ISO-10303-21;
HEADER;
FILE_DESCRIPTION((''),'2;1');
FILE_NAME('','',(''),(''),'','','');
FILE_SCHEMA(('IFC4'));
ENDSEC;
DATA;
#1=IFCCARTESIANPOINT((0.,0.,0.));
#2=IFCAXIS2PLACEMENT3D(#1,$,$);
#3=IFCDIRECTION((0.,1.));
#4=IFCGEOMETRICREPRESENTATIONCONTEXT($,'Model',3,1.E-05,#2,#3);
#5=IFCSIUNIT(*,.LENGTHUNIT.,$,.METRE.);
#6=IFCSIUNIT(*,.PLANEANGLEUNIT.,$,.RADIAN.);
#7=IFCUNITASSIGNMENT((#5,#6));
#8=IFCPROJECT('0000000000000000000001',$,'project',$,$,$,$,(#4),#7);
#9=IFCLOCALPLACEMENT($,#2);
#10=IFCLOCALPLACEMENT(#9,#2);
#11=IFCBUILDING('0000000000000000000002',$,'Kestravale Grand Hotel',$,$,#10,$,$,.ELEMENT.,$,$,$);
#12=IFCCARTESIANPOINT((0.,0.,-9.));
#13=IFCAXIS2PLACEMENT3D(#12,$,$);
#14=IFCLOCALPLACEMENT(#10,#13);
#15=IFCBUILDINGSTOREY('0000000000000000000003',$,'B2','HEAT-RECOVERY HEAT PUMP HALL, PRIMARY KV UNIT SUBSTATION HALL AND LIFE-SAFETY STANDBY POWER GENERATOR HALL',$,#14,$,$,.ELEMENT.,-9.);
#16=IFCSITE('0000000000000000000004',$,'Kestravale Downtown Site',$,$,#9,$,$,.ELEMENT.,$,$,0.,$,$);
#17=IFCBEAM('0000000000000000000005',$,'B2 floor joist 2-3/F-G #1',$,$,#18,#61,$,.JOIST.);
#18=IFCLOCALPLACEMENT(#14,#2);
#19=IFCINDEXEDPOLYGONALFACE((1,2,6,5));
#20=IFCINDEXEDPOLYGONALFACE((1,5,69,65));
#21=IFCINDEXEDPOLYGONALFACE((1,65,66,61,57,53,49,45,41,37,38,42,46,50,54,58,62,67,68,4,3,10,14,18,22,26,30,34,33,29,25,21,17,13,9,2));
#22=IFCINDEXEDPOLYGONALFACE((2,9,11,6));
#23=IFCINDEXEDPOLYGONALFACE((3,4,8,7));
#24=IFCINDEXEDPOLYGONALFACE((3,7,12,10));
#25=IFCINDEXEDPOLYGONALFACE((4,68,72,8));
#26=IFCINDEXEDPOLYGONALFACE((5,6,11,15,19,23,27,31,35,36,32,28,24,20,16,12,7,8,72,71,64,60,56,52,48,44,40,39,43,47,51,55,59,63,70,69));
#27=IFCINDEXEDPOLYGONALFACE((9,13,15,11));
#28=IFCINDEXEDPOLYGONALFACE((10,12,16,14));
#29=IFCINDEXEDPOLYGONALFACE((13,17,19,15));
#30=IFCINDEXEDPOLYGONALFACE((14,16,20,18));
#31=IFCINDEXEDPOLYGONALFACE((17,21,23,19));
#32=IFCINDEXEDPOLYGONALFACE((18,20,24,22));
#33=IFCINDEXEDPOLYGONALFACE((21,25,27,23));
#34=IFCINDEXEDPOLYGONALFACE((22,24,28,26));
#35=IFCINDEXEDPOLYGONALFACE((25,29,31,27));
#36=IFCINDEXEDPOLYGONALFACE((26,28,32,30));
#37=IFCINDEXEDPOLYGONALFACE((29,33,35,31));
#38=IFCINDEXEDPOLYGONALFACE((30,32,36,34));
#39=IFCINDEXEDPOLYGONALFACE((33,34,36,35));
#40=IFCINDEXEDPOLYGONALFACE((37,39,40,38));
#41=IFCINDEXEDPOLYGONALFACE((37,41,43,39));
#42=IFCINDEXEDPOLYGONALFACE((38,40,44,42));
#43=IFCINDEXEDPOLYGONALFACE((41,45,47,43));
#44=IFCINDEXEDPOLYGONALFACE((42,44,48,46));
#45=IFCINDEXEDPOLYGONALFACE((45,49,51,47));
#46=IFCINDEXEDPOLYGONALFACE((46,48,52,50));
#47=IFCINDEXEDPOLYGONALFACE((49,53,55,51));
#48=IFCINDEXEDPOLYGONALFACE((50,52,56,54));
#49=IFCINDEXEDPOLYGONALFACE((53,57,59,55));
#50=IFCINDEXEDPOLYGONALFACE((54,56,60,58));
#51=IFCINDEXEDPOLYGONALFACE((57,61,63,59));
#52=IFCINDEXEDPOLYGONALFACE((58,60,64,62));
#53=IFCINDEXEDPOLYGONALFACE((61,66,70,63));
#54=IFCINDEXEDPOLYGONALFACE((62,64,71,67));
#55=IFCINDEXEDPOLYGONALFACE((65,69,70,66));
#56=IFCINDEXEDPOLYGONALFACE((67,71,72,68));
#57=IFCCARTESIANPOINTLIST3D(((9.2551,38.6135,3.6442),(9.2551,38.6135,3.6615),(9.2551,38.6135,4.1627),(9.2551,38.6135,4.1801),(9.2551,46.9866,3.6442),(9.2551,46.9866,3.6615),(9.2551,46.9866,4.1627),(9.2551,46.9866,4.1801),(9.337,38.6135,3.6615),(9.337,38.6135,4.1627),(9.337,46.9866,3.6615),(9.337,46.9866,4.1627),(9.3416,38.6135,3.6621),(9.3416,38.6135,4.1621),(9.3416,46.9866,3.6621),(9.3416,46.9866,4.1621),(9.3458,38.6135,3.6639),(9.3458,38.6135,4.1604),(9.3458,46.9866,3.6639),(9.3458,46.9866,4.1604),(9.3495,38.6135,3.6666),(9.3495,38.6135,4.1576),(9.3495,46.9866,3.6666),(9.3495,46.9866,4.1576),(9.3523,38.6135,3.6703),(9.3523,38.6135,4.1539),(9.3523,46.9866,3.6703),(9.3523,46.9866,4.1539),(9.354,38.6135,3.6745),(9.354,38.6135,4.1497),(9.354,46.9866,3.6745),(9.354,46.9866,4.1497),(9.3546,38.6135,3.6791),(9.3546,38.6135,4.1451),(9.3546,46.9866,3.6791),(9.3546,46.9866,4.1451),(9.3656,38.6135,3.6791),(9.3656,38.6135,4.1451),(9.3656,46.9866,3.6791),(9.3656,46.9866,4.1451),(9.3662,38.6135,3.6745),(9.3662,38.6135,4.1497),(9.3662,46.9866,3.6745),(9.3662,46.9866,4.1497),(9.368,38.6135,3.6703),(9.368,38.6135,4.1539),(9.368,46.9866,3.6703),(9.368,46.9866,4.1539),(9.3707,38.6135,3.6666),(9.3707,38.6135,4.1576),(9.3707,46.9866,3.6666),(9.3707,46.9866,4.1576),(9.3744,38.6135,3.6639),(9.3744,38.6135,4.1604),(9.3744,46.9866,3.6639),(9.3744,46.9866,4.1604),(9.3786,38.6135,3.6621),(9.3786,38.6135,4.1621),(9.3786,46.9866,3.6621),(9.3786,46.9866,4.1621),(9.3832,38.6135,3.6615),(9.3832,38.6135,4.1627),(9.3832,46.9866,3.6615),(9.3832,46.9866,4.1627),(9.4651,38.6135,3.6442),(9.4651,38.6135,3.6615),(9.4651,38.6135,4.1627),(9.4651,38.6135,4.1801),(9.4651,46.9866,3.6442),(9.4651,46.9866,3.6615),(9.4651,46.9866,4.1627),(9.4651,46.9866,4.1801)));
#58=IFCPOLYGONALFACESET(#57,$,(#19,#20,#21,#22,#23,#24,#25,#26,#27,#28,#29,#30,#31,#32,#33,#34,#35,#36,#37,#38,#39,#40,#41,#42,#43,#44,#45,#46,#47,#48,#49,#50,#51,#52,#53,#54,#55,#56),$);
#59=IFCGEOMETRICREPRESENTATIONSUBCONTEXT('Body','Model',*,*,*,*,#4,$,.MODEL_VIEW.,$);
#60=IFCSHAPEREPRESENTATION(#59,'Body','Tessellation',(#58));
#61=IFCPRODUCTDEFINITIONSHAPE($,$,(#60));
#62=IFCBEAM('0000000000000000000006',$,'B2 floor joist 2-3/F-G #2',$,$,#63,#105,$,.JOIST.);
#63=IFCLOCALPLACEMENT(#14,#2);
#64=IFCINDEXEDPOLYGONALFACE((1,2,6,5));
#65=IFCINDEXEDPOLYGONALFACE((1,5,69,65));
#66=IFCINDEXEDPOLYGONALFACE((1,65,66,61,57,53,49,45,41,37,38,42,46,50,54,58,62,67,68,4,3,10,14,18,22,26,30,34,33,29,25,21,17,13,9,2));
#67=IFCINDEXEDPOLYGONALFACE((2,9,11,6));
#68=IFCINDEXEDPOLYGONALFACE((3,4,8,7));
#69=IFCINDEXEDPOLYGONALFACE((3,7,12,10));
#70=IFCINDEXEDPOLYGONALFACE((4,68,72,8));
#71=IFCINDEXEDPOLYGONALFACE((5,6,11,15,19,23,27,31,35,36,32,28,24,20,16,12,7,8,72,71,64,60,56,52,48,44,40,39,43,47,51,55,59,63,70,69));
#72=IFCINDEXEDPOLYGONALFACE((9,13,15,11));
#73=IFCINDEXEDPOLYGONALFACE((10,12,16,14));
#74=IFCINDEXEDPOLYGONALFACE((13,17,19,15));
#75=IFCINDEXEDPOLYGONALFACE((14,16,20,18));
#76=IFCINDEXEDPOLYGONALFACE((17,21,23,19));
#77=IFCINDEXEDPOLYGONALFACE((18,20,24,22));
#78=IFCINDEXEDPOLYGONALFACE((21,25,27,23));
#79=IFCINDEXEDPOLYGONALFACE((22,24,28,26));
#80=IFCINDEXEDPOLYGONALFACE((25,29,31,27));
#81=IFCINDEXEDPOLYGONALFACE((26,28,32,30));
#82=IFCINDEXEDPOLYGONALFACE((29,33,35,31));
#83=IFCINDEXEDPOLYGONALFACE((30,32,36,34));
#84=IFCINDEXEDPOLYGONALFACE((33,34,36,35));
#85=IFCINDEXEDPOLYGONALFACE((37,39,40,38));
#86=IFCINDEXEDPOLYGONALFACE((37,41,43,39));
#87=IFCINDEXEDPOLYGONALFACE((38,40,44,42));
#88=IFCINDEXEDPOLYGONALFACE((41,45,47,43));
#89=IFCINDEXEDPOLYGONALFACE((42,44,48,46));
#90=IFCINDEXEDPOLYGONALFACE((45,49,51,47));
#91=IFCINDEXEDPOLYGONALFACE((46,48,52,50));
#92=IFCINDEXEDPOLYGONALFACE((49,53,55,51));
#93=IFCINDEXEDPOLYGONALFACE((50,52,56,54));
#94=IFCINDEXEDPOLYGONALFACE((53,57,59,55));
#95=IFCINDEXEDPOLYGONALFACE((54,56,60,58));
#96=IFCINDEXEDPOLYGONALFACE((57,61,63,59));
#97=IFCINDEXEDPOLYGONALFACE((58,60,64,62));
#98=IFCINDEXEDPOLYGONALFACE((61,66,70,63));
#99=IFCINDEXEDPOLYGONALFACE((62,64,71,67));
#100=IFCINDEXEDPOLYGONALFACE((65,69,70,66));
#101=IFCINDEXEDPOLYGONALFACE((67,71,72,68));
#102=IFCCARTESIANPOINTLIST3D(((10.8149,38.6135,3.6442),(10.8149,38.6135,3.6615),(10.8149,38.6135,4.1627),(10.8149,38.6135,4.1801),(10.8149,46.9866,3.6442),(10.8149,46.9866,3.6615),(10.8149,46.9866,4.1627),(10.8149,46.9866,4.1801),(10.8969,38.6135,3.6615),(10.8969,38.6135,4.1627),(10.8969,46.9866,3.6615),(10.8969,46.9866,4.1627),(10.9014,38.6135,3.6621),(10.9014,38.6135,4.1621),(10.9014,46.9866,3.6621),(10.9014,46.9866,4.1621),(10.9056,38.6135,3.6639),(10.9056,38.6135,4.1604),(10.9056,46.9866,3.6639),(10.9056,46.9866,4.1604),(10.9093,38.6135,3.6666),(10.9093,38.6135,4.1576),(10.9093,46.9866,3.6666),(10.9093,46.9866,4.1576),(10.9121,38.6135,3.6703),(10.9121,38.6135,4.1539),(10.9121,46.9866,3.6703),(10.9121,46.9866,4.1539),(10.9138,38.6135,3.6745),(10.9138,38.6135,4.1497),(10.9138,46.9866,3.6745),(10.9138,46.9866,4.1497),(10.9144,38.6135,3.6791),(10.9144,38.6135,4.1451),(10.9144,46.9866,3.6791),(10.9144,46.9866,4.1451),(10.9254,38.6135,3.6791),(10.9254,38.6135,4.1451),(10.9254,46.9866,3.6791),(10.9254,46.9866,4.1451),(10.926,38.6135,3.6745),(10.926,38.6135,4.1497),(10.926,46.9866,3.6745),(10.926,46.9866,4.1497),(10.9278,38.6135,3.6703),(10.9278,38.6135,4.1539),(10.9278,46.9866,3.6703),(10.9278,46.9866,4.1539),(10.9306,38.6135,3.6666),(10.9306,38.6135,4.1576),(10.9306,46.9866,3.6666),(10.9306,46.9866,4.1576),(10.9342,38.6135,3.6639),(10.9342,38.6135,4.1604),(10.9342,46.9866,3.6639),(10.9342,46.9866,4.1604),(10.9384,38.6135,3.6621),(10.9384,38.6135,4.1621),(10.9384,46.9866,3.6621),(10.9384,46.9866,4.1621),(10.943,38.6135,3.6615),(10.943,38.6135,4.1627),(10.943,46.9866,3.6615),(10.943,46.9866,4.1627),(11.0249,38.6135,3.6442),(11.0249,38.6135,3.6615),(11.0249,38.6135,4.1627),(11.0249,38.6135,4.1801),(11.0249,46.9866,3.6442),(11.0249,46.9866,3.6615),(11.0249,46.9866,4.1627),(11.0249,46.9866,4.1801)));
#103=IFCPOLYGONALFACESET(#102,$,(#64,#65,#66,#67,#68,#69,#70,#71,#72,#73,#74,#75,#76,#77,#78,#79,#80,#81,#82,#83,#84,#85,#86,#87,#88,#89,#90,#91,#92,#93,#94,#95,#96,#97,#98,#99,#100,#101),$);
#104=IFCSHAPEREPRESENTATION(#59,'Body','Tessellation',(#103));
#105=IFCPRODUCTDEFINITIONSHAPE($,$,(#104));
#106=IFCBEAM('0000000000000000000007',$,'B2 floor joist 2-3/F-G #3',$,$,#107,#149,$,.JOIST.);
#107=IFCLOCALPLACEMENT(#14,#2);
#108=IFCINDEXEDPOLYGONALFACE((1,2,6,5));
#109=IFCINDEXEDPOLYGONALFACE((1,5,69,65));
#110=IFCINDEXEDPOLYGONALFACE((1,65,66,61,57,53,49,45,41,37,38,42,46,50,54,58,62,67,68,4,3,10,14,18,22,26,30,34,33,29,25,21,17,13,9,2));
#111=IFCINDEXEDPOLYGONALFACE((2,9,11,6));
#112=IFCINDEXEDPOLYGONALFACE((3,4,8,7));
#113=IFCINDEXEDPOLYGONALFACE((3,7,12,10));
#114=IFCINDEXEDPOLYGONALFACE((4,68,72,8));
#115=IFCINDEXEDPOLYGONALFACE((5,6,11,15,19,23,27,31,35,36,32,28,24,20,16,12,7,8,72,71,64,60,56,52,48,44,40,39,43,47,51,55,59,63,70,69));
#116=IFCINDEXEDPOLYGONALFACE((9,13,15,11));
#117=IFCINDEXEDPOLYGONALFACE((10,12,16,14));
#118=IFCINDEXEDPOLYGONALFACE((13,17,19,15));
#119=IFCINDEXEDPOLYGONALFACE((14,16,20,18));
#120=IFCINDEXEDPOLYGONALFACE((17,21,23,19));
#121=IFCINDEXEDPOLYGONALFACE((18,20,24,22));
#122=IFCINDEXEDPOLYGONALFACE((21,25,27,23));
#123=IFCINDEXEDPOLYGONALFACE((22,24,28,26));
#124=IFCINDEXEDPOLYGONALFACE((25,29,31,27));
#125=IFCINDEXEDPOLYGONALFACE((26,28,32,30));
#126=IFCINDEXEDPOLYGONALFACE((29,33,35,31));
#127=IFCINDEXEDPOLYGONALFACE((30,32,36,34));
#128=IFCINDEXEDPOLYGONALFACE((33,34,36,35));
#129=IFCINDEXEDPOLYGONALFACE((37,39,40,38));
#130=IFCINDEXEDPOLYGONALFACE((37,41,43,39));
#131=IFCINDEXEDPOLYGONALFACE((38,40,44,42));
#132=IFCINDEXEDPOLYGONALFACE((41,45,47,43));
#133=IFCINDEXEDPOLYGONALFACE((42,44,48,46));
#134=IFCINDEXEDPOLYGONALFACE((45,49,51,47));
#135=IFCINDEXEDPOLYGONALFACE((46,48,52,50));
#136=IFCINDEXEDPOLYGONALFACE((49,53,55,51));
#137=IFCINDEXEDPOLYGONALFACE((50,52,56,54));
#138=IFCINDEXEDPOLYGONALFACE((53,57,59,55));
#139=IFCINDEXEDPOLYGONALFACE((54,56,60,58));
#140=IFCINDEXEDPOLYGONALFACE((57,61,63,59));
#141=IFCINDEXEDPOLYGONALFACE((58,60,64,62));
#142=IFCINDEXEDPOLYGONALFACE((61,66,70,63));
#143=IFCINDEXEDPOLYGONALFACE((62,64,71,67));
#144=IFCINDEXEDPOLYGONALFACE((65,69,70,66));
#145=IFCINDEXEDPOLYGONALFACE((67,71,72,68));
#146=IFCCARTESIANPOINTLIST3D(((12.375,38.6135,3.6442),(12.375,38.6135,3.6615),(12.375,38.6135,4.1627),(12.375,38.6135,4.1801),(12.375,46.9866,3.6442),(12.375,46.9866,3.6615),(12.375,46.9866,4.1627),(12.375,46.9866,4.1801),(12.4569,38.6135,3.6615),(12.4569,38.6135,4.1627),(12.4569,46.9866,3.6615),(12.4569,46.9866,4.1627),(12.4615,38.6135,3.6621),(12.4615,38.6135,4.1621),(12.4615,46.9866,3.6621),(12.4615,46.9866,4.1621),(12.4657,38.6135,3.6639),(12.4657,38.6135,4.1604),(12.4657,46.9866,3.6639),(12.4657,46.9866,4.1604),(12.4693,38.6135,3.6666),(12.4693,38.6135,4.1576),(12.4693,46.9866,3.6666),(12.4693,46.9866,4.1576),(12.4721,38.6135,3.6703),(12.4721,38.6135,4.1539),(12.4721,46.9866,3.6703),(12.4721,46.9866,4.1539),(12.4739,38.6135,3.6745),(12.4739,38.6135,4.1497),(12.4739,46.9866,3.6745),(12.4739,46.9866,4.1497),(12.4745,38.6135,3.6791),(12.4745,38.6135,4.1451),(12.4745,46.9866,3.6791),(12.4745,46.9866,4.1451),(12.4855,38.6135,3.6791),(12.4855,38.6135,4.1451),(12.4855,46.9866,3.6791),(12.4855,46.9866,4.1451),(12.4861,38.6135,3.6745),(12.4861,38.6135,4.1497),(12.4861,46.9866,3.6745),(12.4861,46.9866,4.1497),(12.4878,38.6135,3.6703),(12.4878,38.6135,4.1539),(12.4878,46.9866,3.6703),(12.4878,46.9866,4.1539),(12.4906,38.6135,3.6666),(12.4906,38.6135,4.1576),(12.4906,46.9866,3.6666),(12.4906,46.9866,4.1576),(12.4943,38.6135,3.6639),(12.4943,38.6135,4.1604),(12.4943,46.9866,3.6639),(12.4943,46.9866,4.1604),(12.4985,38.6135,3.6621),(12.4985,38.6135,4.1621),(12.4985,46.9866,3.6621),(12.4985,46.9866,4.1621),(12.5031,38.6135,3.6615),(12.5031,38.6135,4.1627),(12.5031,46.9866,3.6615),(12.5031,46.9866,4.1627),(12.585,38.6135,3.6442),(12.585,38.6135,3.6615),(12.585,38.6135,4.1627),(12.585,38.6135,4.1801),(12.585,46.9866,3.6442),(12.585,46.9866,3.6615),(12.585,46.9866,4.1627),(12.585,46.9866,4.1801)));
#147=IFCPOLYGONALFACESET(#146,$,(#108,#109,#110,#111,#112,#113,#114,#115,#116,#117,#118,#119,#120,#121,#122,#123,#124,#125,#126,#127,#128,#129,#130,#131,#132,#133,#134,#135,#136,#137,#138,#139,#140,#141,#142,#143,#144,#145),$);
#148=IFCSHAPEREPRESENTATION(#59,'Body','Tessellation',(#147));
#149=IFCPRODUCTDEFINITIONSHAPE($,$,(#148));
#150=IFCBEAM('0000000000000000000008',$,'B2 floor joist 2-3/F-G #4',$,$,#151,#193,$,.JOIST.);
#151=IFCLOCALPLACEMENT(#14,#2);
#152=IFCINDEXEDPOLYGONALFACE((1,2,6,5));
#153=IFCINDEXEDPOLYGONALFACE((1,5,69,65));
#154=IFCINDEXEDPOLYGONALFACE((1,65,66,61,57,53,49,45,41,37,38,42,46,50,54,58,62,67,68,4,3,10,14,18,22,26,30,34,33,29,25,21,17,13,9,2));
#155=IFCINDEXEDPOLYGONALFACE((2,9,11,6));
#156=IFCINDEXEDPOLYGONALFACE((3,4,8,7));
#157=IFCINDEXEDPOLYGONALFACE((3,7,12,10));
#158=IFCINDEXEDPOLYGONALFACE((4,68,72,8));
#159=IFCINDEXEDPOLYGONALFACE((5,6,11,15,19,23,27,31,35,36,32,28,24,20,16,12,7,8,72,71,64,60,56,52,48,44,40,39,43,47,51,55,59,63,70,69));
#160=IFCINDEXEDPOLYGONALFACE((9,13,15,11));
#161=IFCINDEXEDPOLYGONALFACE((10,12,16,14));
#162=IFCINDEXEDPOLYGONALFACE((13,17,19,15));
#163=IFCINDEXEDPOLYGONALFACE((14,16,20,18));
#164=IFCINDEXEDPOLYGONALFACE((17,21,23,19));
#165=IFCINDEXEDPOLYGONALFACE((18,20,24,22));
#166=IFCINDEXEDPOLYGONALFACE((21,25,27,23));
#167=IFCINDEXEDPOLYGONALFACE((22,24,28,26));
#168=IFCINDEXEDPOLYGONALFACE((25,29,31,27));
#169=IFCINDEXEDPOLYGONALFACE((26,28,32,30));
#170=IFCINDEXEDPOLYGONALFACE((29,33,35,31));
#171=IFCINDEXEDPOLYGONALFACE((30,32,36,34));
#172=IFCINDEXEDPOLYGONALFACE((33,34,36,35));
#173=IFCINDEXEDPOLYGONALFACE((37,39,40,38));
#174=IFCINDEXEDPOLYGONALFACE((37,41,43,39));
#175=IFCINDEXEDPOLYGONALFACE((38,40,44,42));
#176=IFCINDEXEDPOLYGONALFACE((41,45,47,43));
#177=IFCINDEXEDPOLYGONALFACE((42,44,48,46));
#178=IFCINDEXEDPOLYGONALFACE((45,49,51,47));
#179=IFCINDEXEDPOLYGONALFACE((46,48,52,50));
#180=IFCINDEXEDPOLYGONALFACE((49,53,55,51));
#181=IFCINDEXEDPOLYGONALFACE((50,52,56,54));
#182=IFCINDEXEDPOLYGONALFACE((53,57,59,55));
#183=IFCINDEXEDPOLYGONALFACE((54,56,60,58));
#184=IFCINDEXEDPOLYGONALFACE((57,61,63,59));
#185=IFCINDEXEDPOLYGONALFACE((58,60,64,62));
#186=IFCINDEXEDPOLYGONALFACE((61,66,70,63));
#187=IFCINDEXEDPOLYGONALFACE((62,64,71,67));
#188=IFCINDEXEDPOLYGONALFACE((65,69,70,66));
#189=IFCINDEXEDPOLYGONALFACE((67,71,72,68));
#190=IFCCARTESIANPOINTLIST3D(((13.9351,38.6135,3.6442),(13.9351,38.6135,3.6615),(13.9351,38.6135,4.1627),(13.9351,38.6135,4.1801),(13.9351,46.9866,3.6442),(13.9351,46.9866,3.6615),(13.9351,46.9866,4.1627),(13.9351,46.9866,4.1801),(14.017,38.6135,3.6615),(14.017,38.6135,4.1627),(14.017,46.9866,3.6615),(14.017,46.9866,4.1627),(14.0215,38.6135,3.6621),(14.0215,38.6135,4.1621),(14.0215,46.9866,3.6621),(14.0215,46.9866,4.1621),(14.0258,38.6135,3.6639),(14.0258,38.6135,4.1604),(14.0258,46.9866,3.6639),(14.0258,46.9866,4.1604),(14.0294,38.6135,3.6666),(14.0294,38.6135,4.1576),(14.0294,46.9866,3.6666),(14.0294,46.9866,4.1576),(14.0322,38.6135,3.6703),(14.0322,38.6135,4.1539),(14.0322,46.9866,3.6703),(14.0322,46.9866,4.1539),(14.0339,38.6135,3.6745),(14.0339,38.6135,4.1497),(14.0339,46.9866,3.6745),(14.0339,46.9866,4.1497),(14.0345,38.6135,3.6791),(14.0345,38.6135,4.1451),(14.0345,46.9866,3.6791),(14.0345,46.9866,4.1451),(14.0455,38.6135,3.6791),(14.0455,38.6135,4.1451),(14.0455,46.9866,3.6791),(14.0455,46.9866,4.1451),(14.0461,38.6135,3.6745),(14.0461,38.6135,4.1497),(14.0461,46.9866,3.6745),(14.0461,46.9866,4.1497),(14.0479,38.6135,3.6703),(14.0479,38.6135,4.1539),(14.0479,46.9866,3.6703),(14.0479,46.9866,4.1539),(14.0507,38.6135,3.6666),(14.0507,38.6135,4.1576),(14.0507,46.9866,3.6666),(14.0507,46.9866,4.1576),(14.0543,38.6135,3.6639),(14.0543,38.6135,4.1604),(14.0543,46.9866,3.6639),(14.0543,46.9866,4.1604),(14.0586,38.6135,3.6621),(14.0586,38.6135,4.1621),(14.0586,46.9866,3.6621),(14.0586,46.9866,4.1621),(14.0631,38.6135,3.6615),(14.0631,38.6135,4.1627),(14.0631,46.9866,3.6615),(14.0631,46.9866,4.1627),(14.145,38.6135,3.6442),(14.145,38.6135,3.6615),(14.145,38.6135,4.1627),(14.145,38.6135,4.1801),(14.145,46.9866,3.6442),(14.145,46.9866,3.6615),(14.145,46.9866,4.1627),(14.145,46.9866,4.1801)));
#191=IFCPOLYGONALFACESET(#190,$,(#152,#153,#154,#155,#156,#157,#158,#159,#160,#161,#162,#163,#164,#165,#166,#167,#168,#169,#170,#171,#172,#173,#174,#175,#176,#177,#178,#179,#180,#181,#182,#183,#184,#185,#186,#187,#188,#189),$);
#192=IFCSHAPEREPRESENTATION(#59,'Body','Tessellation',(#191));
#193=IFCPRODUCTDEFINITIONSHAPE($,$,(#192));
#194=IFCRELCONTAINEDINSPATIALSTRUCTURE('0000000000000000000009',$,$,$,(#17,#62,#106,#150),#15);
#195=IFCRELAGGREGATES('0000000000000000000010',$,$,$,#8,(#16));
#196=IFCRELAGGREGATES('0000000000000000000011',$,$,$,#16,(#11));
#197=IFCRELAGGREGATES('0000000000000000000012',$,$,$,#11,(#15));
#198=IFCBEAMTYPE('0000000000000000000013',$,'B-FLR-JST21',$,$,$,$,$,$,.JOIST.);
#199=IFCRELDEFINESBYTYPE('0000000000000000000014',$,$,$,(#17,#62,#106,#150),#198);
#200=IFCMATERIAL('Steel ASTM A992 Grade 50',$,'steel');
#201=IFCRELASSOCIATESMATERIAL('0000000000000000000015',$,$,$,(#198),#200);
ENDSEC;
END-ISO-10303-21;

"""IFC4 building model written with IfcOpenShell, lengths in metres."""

from ifc_helpers import new_model, si_unit, direction, frame, origin, origin_2d, place, context, subcontext, project, spatial, i_section, extrude, material, material_profile, profile_set, type_object, element, save


model = new_model("IFC4")

# Units and contexts
model_context = context("Model", 3, precision=1e-05, world=origin(), true_north=direction((0.0, 1.0)))
body_context = subcontext(model_context, "Body", "Model", "MODEL_VIEW")
ifc_project = project(units=[si_unit("LENGTHUNIT", "METRE"), si_unit("PLANEANGLEUNIT", "RADIAN")], contexts=[model_context])

# Site, building, storey
site_placement = place(None, origin())
site = spatial("IfcSite", under=ifc_project, at=site_placement, Name="Kestravale Downtown Site", CompositionType="ELEMENT", RefElevation=0.0)
building_placement = place(site_placement, origin())
building = spatial("IfcBuilding", under=site, at=building_placement, Name="Kestravale Grand Hotel", CompositionType="ELEMENT")
storey_placement = place(building_placement, frame((0.0, 0.0, -9.0)))
storey = spatial("IfcBuildingStorey", under=building, at=storey_placement, Name="B2", Description="HEAT-RECOVERY HEAT PUMP HALL, PRIMARY KV UNIT SUBSTATION HALL AND LIFE-SAFETY STANDBY POWER GENERATOR HALL", CompositionType="ELEMENT", Elevation=-9.0)

# Beams
ifc_material_1 = material(Name="Steel ASTM A992 Grade 50", Category="steel")
ifc_material_profile_1 = material_profile(ifc_material_1, i_section(OverallWidth=0.21, OverallDepth=0.5359, WebThickness=0.011, FlangeThickness=0.0173, FilletRadius=0.0176, at=origin_2d()))
ifc_profile_set_1 = profile_set([ifc_material_profile_1], Name="Steel ASTM A992 Grade 50")
beam_type_1 = type_object("IfcBeamType", Name="B-FLR-JST21", PredefinedType="JOIST", material=ifc_profile_set_1)
for number, where, z_axis, x_axis, name in (
    (1, (9.3601, 38.6135, 3.9121), (0.0, 1.0, 0.0), (-1.0, 0.0, 0.0), "B2 floor joist 2-3/F-G #1"),
    (2, (10.9199, 38.6135, 3.9121), (0.0, 1.0, 0.0), (-1.0, 0.0, 0.0), "B2 floor joist 2-3/F-G #2"),
    (3, (12.48, 38.6135, 3.9121), (0.0, 1.0, 0.0), (-1.0, 0.0, 0.0), "B2 floor joist 2-3/F-G #3"),
    (4, (14.04, 38.6135, 3.9121), (0.0, 1.0, 0.0), (-1.0, 0.0, 0.0), "B2 floor joist 2-3/F-G #4"),
):
    element("IfcBeam", number, at=place(storey_placement, frame(where, z_axis=z_axis, x_axis=x_axis)), inside=storey, type_object=beam_type_1, Name=name, PredefinedType="JOIST", context=body_context, shape_type="SweptSolid", body=[
        extrude(i_section(OverallWidth=0.21, OverallDepth=0.5359, WebThickness=0.011, FlangeThickness=0.0173, FilletRadius=0.0176, at=origin_2d()), origin(), (0.0, 0.0, 1.0), 8.373),
    ])

save(model, "model.ifc")
